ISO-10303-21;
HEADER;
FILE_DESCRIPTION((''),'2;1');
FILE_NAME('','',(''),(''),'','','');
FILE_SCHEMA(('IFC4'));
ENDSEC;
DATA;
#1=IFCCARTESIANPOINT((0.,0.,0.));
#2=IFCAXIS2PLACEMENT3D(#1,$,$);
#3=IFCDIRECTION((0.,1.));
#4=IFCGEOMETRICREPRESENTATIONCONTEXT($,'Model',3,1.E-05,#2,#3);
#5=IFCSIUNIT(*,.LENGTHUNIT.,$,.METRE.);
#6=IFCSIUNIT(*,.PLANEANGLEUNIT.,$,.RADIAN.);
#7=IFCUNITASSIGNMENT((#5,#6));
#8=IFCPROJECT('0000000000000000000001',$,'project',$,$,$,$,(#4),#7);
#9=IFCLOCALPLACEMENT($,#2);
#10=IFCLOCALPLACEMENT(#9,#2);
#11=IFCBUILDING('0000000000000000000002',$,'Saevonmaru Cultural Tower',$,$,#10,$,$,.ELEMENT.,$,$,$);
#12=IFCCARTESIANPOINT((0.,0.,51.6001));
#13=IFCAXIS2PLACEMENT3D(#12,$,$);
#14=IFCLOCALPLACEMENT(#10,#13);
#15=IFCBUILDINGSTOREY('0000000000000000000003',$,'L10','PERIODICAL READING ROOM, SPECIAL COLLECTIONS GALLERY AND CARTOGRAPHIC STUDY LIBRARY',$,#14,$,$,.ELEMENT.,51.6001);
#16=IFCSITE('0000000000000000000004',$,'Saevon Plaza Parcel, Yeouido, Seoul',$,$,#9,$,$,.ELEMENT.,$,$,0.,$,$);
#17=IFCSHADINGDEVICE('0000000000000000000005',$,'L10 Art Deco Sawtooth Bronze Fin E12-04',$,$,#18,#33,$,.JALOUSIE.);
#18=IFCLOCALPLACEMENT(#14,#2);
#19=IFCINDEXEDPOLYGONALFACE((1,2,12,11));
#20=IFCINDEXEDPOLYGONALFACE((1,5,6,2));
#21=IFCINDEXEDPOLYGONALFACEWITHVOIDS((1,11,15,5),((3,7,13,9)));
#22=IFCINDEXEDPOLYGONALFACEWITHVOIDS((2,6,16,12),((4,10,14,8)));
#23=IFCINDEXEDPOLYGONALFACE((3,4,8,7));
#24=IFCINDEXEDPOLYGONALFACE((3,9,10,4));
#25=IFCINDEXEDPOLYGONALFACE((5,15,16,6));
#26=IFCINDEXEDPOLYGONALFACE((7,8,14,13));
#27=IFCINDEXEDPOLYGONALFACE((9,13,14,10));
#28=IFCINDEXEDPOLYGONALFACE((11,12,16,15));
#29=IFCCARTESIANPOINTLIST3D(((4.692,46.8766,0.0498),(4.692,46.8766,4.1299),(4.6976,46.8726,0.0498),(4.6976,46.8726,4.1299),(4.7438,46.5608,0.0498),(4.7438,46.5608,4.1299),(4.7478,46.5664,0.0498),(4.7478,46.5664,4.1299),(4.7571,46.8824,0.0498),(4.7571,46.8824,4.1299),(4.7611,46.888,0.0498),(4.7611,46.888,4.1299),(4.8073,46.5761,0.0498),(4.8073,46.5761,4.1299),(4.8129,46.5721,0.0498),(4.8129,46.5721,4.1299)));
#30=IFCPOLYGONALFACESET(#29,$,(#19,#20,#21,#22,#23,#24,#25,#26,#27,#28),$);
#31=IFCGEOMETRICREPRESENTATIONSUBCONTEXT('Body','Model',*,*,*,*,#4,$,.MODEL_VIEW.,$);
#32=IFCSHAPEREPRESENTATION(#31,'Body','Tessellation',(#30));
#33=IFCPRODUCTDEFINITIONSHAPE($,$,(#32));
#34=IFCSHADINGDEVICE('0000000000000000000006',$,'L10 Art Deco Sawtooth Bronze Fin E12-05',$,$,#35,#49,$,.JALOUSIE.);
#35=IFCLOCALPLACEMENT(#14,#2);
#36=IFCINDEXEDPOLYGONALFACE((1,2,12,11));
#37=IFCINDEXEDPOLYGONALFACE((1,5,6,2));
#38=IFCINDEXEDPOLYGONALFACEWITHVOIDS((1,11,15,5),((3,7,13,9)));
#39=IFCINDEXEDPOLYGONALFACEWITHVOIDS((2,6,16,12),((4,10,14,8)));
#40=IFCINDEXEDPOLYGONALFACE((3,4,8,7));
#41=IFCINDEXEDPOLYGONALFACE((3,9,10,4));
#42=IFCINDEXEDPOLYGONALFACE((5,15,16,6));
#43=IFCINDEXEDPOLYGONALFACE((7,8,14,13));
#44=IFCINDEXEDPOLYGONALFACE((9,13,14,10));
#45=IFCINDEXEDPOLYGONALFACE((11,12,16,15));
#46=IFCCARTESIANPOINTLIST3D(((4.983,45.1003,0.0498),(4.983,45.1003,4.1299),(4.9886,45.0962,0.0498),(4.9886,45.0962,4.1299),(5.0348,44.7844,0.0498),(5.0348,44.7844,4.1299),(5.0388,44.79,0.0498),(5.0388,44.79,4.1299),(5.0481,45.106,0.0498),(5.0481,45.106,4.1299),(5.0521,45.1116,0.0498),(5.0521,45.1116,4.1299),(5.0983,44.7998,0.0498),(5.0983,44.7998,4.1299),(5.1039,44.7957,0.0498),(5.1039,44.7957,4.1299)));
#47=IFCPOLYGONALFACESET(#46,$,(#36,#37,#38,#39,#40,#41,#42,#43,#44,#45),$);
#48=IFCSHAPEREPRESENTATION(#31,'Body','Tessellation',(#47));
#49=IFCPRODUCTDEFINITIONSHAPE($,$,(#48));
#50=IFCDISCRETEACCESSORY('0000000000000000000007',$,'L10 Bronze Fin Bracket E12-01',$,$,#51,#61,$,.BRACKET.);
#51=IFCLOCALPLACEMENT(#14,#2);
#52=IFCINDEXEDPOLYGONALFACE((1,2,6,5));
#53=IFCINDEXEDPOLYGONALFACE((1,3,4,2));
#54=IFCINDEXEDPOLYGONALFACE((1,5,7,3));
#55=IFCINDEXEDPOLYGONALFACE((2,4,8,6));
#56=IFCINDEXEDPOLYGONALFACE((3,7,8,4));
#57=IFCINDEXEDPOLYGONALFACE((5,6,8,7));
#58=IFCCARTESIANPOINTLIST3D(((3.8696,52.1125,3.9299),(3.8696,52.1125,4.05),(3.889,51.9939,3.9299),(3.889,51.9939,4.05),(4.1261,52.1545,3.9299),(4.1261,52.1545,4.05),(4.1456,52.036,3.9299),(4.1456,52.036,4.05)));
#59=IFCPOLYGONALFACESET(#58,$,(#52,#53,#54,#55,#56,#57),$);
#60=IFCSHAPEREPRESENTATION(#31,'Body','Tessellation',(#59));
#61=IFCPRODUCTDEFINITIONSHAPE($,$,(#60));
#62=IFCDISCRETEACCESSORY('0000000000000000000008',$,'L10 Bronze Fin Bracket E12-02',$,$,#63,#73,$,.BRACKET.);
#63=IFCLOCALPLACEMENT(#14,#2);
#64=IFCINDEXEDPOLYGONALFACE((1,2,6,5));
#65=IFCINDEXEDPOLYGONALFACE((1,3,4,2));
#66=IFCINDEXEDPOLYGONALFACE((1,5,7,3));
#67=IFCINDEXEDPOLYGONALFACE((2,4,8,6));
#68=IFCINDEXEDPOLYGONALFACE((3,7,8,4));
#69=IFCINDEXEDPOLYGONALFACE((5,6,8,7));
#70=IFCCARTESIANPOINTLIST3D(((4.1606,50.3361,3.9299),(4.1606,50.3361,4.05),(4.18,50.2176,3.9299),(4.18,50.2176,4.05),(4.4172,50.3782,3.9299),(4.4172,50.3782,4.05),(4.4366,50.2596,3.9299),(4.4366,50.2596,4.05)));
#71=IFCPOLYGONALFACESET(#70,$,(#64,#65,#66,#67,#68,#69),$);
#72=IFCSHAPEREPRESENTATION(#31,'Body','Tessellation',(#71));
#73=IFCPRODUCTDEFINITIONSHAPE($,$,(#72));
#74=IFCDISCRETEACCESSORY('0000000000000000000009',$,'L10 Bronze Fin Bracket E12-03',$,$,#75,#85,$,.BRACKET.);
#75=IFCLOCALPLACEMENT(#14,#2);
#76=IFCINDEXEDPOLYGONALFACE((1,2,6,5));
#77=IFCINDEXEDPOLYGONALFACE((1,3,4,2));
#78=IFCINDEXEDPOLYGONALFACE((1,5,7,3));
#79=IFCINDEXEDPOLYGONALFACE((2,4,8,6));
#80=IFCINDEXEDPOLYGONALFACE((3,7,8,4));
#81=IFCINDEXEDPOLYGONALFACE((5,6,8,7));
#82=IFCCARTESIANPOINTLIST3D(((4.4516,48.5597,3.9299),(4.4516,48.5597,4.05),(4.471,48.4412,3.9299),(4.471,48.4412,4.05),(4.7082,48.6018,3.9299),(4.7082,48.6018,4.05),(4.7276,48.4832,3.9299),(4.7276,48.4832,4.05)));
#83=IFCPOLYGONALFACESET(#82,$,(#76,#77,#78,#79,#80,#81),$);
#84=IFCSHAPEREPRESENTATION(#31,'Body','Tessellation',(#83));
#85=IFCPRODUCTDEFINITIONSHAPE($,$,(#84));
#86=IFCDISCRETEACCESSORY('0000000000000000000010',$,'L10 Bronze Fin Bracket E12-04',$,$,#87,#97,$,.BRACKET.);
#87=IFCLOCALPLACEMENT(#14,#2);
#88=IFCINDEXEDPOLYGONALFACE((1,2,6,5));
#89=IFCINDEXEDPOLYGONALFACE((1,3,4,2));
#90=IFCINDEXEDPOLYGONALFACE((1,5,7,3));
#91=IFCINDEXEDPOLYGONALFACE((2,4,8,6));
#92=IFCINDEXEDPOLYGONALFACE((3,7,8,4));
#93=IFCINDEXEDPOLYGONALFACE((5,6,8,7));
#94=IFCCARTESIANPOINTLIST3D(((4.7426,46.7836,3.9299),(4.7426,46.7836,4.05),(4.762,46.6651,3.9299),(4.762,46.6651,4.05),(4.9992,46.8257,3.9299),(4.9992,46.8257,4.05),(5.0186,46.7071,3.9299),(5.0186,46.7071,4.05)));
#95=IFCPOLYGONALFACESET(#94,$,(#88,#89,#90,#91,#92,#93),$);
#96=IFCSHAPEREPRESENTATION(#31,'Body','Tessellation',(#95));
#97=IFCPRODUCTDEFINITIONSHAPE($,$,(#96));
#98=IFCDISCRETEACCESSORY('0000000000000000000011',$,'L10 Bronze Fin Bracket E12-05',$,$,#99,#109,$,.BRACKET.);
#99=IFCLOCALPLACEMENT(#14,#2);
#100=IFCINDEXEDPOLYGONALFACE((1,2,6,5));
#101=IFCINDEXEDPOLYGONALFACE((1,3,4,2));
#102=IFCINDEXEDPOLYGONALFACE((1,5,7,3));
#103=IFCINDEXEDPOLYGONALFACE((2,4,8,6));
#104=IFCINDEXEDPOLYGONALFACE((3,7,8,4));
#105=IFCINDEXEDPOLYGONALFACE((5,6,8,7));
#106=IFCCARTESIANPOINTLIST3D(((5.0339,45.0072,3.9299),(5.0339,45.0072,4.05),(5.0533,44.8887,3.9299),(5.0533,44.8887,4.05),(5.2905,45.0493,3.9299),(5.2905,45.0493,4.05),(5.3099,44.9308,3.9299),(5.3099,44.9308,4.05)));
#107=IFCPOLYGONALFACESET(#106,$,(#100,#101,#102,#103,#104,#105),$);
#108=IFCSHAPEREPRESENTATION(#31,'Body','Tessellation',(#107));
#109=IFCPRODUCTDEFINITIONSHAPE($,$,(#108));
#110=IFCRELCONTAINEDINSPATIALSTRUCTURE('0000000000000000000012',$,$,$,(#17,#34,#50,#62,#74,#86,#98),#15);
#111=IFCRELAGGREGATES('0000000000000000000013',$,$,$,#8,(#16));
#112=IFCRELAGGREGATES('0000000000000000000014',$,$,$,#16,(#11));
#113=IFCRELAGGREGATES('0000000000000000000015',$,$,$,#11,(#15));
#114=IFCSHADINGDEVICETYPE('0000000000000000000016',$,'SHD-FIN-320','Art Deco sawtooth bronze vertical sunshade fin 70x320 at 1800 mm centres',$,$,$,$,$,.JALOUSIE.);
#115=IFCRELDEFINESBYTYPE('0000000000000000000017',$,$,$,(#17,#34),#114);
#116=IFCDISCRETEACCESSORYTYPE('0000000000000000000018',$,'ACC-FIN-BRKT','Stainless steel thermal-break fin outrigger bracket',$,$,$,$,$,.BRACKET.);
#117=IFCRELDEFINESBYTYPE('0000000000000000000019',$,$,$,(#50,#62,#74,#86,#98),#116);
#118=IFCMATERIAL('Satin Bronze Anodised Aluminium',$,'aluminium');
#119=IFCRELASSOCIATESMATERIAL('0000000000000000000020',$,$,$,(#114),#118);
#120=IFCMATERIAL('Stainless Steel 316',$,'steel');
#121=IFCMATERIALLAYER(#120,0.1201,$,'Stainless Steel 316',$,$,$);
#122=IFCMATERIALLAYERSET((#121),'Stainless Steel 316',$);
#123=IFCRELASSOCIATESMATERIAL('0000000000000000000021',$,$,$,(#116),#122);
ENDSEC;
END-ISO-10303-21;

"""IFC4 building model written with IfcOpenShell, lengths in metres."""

from ifc_helpers import new_model, si_unit, direction, frame, origin, origin_2d, place, context, subcontext, project, spatial, rectangle, hollow_rectangle, extrude, material, layer, layer_set, material_profile, profile_set, type_object, element, save


model = new_model("IFC4")

# Units and contexts
model_context = context("Model", 3, precision=1e-05, world=origin(), true_north=direction((0.0, 1.0)))
body_context = subcontext(model_context, "Body", "Model", "MODEL_VIEW")
ifc_project = project(units=[si_unit("LENGTHUNIT", "METRE"), si_unit("PLANEANGLEUNIT", "RADIAN")], contexts=[model_context])

# Site, building, storey
site_placement = place(None, origin())
site = spatial("IfcSite", under=ifc_project, at=site_placement, Name="Saevon Plaza Parcel, Yeouido, Seoul", CompositionType="ELEMENT", RefElevation=0.0)
building_placement = place(site_placement, origin())
building = spatial("IfcBuilding", under=site, at=building_placement, Name="Saevonmaru Cultural Tower", CompositionType="ELEMENT")
storey_placement = place(building_placement, frame((0.0, 0.0, 51.6001)))
storey = spatial("IfcBuildingStorey", under=building, at=storey_placement, Name="L10", Description="PERIODICAL READING ROOM, SPECIAL COLLECTIONS GALLERY AND CARTOGRAPHIC STUDY LIBRARY", CompositionType="ELEMENT", Elevation=51.6001)

# Shared definitions
ifc_material_1 = material(Name="Satin Bronze Anodised Aluminium", Category="aluminium")

# Shading devices
ifc_material_profile_1 = material_profile(ifc_material_1, hollow_rectangle(XDim=0.0701, YDim=0.3201, WallThickness=0.0049, at=origin_2d()), Name="FIN-320x70")
ifc_profile_set_1 = profile_set([ifc_material_profile_1], Name="Satin Bronze Anodised Aluminium")
shading_device_type = type_object("IfcShadingDeviceType", Name="SHD-FIN-320", Description="Art Deco sawtooth bronze vertical sunshade fin 70x320 at 1800 mm centres", PredefinedType="JALOUSIE", material=ifc_profile_set_1)
for number, where, z_axis, x_axis, name in (
    (1, (4.7524, 46.7244, 0.0498), (0.0, 0.0, 1.0), (-0.986827, -0.161776, 0.0), "L10 Art Deco Sawtooth Bronze Fin E12-04"),
    (2, (5.0435, 44.948, 0.0498), (0.0, 0.0, 1.0), (-0.986827, -0.161776, 0.0), "L10 Art Deco Sawtooth Bronze Fin E12-05"),
):
    element("IfcShadingDevice", number, at=place(storey_placement, frame(where, z_axis=z_axis, x_axis=x_axis)), inside=storey, type_object=shading_device_type, Name=name, PredefinedType="JALOUSIE", context=body_context, shape_type="SweptSolid", body=[
        extrude(hollow_rectangle(XDim=0.0701, YDim=0.3201, WallThickness=0.0049, at=origin_2d()), origin(), (0.0, 0.0, 1.0), 4.0801),
    ])

# Discrete accessories
ifc_material_2 = material(Name="Stainless Steel 316", Category="steel")
ifc_layer_1 = layer(ifc_material_2, 0.1201, Name="Stainless Steel 316")
ifc_layer_set_1 = layer_set([ifc_layer_1], Name="Stainless Steel 316")
discrete_accessory_type = type_object("IfcDiscreteAccessoryType", Name="ACC-FIN-BRKT", Description="Stainless steel thermal-break fin outrigger bracket", PredefinedType="BRACKET", material=ifc_layer_set_1)
for number, where, z_axis, x_axis, name in (
    (3, (4.0076, 52.0742, 3.9299), (0.0, 0.0, 1.0), (-0.986827, -0.161776, 0.0), "L10 Bronze Fin Bracket E12-01"),
    (4, (4.2986, 50.2979, 3.9299), (0.0, 0.0, 1.0), (-0.986827, -0.161776, 0.0), "L10 Bronze Fin Bracket E12-02"),
    (5, (4.5896, 48.5215, 3.9299), (0.0, 0.0, 1.0), (-0.986827, -0.161776, 0.0), "L10 Bronze Fin Bracket E12-03"),
    (6, (4.8806, 46.7454, 3.9299), (0.0, 0.0, 1.0), (-0.986827, -0.161776, 0.0), "L10 Bronze Fin Bracket E12-04"),
    (7, (5.1719, 44.969, 3.9299), (0.0, 0.0, 1.0), (-0.986827, -0.161776, 0.0), "L10 Bronze Fin Bracket E12-05"),
):
    element("IfcDiscreteAccessory", number, at=place(storey_placement, frame(where, z_axis=z_axis, x_axis=x_axis)), inside=storey, type_object=discrete_accessory_type, Name=name, PredefinedType="BRACKET", context=body_context, shape_type="SweptSolid", body=[
        extrude(rectangle(XDim=0.26, YDim=0.1201, at=origin_2d()), origin(), (0.0, 0.0, 1.0), 0.1201),
    ])

save(model, "model.ifc")
